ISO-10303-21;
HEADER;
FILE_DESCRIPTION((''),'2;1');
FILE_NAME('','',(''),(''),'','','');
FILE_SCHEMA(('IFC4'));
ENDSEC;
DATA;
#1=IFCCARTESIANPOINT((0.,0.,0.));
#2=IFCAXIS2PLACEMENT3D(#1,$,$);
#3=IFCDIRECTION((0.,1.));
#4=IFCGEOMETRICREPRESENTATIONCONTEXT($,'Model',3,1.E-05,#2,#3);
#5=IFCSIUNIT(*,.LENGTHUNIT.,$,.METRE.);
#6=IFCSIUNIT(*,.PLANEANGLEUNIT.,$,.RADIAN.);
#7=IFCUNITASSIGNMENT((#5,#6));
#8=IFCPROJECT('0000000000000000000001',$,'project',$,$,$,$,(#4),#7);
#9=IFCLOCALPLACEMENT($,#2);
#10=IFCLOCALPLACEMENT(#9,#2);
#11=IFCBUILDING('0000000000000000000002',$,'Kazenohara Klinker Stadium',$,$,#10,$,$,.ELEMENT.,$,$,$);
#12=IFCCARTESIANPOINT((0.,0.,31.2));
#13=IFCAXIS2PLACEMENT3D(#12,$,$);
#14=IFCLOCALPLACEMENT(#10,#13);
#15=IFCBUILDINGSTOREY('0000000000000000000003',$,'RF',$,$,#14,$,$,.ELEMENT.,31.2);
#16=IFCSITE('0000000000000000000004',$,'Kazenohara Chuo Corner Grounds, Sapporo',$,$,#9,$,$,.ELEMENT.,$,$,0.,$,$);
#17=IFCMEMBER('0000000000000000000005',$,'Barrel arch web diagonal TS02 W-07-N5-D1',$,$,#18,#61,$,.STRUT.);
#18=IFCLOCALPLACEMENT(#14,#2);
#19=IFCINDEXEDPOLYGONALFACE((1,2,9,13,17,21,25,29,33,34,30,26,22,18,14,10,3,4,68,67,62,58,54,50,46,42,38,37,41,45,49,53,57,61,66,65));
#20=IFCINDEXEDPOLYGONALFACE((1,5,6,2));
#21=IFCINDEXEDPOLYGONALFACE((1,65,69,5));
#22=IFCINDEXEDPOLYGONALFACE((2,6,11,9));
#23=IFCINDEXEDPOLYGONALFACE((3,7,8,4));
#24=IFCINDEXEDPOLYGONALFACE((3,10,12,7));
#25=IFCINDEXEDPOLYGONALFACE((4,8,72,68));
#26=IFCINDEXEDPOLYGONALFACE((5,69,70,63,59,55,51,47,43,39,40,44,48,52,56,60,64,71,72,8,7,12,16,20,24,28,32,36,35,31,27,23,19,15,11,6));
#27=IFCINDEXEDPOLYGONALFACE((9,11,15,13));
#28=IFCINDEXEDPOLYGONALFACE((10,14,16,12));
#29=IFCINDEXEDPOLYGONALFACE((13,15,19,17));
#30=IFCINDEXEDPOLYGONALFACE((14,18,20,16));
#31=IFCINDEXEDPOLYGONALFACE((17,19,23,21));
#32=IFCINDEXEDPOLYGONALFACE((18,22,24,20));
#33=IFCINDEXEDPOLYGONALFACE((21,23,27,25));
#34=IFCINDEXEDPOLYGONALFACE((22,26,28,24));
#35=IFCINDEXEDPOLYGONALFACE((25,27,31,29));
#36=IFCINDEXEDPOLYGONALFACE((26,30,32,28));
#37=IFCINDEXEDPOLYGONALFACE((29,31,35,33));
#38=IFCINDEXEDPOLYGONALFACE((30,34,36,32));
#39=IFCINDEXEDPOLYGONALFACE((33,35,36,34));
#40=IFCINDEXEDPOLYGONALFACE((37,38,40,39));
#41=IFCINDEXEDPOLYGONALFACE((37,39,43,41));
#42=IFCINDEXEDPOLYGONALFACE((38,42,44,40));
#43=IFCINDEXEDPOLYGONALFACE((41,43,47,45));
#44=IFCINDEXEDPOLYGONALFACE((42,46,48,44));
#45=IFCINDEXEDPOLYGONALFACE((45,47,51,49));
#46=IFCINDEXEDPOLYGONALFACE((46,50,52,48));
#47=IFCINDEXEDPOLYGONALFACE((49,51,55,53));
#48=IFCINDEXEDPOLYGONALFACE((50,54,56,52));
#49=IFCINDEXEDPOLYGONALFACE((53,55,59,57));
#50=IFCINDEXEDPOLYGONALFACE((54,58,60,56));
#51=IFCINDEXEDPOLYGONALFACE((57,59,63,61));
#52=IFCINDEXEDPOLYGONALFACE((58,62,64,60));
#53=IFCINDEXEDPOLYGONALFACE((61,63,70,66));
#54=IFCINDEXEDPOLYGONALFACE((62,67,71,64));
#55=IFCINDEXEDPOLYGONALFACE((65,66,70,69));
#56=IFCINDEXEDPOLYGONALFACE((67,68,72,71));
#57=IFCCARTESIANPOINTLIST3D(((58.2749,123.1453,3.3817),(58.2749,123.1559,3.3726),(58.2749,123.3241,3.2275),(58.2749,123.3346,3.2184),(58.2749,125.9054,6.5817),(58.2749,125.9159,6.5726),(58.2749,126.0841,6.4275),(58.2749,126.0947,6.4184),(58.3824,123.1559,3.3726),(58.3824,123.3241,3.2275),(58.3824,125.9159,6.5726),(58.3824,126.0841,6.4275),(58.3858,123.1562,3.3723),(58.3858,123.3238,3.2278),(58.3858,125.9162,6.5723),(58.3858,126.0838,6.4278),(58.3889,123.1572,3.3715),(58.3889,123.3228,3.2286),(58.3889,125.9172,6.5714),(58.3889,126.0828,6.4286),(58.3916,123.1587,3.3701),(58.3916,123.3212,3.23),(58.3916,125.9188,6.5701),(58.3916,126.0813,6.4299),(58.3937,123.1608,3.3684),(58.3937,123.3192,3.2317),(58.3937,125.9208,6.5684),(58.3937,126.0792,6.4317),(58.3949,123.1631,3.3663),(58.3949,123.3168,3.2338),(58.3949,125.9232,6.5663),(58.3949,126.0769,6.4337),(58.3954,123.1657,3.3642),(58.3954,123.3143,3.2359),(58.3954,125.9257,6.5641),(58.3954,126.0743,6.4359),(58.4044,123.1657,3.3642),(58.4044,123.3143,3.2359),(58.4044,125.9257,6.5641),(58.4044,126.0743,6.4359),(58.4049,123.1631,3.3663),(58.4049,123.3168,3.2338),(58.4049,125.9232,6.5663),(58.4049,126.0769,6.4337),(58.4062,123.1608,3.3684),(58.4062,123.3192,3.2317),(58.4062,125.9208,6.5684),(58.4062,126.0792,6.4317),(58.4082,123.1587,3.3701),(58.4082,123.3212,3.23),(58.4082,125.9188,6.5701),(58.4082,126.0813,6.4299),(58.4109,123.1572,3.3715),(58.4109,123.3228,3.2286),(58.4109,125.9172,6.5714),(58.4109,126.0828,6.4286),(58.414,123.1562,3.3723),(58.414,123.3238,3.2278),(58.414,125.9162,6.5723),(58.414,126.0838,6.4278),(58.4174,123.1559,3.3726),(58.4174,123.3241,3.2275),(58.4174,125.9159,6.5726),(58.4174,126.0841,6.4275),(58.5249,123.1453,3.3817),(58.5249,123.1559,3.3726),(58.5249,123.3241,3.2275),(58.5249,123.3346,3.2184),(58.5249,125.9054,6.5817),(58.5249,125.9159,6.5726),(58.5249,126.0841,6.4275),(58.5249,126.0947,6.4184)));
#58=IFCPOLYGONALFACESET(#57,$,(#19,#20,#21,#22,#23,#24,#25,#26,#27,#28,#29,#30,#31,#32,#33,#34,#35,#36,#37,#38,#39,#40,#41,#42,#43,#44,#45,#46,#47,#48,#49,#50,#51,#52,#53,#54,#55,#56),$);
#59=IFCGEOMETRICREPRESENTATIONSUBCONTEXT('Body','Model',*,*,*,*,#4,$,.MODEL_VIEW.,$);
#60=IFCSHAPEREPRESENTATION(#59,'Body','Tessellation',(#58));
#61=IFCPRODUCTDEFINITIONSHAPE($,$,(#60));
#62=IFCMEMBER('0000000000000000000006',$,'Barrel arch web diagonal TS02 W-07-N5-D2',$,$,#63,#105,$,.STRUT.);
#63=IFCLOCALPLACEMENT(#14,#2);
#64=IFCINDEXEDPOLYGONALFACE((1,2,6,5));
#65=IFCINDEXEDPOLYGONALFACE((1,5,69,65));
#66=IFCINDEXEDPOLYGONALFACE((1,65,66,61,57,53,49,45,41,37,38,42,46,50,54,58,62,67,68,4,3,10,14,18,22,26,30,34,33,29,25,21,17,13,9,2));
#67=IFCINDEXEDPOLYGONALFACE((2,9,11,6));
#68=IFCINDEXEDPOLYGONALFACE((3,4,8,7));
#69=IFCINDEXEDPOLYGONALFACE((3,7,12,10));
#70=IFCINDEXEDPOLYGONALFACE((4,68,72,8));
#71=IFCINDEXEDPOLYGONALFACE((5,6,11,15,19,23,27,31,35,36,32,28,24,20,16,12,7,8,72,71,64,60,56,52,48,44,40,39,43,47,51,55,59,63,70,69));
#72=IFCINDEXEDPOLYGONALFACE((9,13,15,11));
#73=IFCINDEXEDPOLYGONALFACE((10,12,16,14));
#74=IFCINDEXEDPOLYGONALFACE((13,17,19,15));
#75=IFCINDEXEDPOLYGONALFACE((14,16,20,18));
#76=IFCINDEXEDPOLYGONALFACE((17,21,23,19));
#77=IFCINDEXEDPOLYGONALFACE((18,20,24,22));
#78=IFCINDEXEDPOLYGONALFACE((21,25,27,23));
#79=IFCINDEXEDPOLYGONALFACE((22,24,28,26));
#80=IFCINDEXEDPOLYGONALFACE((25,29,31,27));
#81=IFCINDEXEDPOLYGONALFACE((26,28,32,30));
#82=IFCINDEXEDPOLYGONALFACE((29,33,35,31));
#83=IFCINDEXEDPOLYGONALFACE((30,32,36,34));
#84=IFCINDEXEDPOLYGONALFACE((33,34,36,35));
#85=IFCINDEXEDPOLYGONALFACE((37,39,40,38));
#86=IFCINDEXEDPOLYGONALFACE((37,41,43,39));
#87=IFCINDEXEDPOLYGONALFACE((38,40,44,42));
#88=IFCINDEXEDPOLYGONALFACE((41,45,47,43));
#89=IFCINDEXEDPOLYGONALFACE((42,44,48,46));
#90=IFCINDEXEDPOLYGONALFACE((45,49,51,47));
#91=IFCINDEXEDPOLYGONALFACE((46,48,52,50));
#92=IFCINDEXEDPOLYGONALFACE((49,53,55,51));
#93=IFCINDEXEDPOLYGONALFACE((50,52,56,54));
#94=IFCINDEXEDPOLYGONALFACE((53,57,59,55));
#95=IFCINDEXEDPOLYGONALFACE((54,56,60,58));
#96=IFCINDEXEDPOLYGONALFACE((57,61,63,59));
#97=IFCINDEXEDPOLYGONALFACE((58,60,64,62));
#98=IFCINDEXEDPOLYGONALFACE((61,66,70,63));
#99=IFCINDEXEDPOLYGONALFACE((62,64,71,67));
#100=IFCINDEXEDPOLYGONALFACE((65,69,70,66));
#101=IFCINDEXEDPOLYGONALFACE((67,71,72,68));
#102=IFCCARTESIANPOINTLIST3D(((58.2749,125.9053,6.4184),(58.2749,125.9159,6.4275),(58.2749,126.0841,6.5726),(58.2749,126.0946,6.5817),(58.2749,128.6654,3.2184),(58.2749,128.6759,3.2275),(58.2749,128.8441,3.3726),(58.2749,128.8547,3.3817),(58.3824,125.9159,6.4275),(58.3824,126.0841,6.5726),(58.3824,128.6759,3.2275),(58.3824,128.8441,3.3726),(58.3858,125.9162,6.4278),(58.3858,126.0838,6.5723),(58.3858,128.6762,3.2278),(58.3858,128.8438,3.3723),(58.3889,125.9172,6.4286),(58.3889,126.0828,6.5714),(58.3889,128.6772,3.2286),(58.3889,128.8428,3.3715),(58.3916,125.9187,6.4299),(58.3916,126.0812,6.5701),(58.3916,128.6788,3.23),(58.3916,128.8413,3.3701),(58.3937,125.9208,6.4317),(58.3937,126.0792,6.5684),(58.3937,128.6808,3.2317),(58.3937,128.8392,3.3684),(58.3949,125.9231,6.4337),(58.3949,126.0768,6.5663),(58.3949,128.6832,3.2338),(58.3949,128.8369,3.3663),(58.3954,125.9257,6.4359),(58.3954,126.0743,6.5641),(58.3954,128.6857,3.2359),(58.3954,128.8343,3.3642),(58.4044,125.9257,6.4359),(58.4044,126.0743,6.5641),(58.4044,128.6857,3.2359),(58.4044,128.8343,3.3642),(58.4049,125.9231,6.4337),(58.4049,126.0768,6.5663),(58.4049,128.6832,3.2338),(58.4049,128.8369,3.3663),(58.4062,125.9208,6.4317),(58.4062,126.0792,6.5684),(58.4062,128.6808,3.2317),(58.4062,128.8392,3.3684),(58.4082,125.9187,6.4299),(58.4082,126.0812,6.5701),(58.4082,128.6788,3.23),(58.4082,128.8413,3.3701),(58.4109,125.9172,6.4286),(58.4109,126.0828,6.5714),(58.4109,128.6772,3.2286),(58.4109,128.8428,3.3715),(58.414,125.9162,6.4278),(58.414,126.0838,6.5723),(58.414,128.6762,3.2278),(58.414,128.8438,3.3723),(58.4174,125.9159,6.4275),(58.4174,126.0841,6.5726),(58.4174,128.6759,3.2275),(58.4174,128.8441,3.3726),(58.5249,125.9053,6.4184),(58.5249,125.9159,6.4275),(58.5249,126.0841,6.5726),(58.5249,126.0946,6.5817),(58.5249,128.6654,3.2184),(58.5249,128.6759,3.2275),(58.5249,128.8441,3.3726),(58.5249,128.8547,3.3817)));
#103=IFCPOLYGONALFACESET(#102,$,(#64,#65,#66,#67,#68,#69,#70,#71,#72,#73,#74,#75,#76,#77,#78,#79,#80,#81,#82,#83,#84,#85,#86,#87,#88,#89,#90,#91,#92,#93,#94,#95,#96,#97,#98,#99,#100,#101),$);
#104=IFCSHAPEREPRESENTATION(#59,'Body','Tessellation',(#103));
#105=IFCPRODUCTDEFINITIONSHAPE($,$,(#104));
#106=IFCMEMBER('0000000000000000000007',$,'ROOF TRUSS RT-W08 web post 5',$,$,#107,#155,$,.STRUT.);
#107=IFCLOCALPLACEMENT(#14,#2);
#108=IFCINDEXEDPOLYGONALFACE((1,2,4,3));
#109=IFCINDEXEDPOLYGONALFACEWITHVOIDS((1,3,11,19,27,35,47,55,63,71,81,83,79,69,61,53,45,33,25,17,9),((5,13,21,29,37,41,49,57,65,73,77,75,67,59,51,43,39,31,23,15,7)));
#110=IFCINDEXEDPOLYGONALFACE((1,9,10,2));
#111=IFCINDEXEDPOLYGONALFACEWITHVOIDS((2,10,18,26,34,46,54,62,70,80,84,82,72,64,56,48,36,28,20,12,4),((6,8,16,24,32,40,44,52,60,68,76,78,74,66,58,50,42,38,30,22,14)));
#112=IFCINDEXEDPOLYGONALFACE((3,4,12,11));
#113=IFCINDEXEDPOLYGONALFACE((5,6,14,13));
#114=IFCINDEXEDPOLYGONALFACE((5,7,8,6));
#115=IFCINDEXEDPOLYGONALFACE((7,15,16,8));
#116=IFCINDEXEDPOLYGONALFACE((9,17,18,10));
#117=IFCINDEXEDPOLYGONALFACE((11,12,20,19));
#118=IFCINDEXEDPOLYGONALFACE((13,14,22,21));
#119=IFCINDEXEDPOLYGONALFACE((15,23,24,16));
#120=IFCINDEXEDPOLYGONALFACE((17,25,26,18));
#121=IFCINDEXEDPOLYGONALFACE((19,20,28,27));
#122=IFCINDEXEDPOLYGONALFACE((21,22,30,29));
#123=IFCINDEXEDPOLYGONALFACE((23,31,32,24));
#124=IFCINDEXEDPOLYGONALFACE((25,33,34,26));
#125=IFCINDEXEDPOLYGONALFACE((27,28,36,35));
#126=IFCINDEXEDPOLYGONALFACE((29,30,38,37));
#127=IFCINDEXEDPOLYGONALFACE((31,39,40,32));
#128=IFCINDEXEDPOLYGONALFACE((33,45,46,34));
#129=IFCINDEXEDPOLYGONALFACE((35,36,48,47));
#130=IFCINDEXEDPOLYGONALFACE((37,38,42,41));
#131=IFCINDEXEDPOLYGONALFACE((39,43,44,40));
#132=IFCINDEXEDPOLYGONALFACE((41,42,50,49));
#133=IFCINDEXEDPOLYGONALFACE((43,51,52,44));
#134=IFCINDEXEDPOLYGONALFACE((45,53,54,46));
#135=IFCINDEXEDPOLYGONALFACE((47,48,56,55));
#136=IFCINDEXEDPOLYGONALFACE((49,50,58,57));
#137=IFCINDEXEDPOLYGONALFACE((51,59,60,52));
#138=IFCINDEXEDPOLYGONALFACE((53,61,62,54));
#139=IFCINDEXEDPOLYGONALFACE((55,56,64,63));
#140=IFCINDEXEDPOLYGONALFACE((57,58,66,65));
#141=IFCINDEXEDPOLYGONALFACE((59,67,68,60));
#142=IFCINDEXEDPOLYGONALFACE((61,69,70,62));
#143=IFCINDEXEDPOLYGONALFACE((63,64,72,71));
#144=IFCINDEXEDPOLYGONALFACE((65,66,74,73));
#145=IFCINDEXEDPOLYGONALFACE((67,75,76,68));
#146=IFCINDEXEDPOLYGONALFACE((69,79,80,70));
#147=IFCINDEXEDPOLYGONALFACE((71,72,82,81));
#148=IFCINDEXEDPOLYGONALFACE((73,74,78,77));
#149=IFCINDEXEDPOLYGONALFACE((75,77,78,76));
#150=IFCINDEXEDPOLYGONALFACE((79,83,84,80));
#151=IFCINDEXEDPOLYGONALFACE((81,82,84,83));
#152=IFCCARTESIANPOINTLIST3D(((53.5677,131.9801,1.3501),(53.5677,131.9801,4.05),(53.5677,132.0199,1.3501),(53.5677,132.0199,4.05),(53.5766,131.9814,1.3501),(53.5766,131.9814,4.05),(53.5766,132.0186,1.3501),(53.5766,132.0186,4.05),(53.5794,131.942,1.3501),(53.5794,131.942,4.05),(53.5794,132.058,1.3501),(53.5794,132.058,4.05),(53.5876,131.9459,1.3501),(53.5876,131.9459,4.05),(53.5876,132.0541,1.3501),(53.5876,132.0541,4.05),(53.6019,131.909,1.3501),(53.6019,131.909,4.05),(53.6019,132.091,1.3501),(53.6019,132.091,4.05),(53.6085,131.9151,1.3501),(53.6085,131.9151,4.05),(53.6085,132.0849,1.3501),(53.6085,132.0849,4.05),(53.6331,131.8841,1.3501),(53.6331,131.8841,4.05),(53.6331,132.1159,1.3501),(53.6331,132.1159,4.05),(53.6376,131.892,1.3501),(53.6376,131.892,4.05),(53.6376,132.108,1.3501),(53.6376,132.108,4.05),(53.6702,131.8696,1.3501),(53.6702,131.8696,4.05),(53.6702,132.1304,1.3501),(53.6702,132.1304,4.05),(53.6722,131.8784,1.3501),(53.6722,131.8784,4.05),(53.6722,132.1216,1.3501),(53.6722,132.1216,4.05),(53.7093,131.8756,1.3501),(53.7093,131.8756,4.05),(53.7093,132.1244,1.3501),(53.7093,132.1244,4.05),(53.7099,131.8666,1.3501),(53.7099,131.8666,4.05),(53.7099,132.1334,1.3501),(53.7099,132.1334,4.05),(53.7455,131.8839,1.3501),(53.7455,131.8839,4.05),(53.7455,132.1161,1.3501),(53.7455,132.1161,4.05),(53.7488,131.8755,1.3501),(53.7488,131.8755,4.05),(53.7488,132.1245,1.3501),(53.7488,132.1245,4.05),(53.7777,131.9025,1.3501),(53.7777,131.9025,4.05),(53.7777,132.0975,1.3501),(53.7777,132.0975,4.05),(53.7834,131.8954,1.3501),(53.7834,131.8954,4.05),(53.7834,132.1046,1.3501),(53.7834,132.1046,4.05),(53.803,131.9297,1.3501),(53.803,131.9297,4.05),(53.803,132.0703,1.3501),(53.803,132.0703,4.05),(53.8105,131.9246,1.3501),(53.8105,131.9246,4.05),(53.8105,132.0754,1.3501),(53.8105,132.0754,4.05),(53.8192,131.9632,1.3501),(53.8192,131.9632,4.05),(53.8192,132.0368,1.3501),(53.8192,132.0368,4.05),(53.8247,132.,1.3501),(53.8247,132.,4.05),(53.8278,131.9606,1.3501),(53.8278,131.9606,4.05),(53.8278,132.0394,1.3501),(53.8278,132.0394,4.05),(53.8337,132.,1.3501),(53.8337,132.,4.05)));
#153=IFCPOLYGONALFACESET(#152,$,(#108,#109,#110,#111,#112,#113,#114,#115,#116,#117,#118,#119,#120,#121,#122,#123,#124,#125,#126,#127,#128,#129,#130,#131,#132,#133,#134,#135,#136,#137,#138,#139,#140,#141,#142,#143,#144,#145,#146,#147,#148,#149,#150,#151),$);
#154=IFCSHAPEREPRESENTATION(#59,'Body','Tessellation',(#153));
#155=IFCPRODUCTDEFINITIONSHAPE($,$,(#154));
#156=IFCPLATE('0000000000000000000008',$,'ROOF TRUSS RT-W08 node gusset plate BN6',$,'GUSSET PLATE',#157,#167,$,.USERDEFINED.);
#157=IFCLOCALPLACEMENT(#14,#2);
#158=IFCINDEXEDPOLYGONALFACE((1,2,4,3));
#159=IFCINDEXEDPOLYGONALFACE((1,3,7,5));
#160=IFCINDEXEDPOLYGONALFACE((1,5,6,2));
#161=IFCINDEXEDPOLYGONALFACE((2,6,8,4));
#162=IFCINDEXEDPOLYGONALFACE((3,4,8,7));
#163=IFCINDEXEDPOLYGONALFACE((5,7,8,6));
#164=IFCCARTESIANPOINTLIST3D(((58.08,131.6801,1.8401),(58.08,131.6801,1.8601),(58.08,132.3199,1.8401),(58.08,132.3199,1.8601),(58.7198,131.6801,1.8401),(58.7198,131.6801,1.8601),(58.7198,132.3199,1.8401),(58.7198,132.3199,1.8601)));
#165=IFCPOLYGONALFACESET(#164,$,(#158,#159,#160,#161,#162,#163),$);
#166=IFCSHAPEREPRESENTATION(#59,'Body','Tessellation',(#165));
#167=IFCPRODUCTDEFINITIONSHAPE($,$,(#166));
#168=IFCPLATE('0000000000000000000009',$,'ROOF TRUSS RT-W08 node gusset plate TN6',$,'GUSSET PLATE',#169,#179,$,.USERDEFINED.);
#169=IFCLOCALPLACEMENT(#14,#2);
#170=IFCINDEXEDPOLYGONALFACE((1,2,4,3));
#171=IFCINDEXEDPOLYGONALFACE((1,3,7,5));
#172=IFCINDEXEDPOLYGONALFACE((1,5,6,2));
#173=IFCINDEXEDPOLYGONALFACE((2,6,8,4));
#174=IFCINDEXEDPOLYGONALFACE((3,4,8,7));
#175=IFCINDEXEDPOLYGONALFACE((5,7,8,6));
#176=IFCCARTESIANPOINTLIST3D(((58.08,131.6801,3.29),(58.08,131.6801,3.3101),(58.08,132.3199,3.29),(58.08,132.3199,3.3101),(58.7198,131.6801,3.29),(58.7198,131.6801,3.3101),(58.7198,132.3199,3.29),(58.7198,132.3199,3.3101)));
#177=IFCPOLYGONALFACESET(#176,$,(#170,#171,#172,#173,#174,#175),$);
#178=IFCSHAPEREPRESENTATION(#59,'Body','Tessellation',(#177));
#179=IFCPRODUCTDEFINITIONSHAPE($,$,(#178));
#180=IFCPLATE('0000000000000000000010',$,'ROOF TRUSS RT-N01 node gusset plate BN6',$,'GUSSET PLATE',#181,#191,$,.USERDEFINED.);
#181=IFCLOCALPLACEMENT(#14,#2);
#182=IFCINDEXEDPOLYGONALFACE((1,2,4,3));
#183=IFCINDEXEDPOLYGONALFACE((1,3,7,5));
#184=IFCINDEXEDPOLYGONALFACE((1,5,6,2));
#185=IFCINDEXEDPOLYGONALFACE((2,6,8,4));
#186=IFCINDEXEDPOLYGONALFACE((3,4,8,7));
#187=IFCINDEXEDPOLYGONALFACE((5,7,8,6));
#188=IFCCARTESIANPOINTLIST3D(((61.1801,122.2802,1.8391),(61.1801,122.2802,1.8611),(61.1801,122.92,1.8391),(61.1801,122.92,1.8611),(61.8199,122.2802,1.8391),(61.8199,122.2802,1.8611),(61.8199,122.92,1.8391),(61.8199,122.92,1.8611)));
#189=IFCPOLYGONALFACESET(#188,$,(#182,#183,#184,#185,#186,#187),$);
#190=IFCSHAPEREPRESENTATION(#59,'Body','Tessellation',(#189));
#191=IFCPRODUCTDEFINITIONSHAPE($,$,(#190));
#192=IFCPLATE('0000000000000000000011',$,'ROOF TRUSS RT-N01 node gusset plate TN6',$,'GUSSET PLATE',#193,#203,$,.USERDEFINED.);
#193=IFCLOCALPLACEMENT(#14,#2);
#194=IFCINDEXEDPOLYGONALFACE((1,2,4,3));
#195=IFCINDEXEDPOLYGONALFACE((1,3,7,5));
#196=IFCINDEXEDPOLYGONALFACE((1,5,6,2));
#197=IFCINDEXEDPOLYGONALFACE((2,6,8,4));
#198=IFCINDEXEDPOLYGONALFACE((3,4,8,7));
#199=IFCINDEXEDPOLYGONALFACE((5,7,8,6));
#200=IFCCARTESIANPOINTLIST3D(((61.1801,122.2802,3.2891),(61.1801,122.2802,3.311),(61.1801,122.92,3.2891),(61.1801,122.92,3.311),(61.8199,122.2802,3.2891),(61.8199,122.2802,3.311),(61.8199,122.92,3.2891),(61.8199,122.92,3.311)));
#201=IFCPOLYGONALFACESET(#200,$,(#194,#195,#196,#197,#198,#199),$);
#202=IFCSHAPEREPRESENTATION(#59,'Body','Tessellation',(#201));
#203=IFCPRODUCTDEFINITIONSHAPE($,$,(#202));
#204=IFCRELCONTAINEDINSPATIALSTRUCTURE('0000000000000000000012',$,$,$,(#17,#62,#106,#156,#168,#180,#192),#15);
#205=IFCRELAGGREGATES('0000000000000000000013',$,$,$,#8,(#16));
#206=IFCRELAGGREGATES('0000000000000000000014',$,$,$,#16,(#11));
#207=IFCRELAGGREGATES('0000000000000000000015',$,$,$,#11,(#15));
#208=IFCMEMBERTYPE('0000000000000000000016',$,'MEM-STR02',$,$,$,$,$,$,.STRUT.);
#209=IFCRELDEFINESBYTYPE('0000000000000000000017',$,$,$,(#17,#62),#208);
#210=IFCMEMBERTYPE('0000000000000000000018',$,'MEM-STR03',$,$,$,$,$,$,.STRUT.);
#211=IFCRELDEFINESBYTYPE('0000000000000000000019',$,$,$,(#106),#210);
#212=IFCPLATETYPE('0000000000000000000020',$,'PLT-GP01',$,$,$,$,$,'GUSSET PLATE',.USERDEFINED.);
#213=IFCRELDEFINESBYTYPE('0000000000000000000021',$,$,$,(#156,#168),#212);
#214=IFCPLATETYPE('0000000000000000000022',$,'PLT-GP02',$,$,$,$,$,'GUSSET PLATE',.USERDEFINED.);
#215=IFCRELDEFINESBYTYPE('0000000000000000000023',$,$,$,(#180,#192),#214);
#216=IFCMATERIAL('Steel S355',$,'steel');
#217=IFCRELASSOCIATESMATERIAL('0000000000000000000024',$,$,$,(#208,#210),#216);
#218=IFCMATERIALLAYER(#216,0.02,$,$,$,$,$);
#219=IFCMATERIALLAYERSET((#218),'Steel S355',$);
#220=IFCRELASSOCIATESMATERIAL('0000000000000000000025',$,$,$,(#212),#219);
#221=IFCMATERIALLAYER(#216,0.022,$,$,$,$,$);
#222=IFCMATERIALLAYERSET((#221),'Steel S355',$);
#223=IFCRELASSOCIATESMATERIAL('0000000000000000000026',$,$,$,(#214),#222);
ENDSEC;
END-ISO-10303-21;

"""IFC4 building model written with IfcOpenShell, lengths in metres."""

from ifc_helpers import new_model, si_unit, direction, frame, origin, origin_2d, place, context, subcontext, project, spatial, rectangle, hollow_circle, i_section, extrude, material, layer, layer_set, material_profile, profile_set, type_object, element, save


model = new_model("IFC4")

# Units and contexts
model_context = context("Model", 3, precision=1e-05, world=origin(), true_north=direction((0.0, 1.0)))
body_context = subcontext(model_context, "Body", "Model", "MODEL_VIEW")
ifc_project = project(units=[si_unit("LENGTHUNIT", "METRE"), si_unit("PLANEANGLEUNIT", "RADIAN")], contexts=[model_context])

# Site, building, storey
site_placement = place(None, origin())
site = spatial("IfcSite", under=ifc_project, at=site_placement, Name="Kazenohara Chuo Corner Grounds, Sapporo", CompositionType="ELEMENT", RefElevation=0.0)
building_placement = place(site_placement, origin())
building = spatial("IfcBuilding", under=site, at=building_placement, Name="Kazenohara Klinker Stadium", CompositionType="ELEMENT")
storey_placement = place(building_placement, frame((0.0, 0.0, 31.2)))
storey = spatial("IfcBuildingStorey", under=building, at=storey_placement, Name="RF", CompositionType="ELEMENT", Elevation=31.2)

# Members
ifc_material = material(Name="Steel S355", Category="steel")
ifc_material_profile_1 = material_profile(ifc_material, i_section(OverallWidth=0.25, OverallDepth=0.25, WebThickness=0.009, FlangeThickness=0.0139, FilletRadius=0.0129, at=origin_2d()), Name="H-250x250x9x14")
ifc_profile_set_1 = profile_set([ifc_material_profile_1], Name="Steel S355")
member_type_1 = type_object("IfcMemberType", Name="MEM-STR02", PredefinedType="STRUT", material=ifc_profile_set_1)
for number, where, z_axis, x_axis, name in (
    (1, (58.3999, 123.24, 3.3), (0.0, 0.653134, 0.757242), (-1.0, 0.0, 0.0), "Barrel arch web diagonal TS02 W-07-N5-D1"),
    (2, (58.3999, 128.76, 3.3), (0.0, -0.653134, 0.757242), (1.0, 0.0, 0.0), "Barrel arch web diagonal TS02 W-07-N5-D2"),
):
    element("IfcMember", number, at=place(storey_placement, frame(where, z_axis=z_axis, x_axis=x_axis)), inside=storey, type_object=member_type_1, Name=name, PredefinedType="STRUT", context=body_context, shape_type="SweptSolid", body=[
        extrude(i_section(OverallWidth=0.25, OverallDepth=0.25, WebThickness=0.009, FlangeThickness=0.0139, FilletRadius=0.0129, at=origin_2d()), origin(), (0.0, 0.0, 1.0), 4.2258),
    ])
ifc_material_profile_2 = material_profile(ifc_material, hollow_circle(Radius=0.1338, WallThickness=0.009, at=origin_2d()), Name="CHS-267.4x9")
ifc_profile_set_2 = profile_set([ifc_material_profile_2], Name="Steel S355")
member_type_2 = type_object("IfcMemberType", Name="MEM-STR03", PredefinedType="STRUT", material=ifc_profile_set_2)
member_1_placement = place(storey_placement, frame((53.7, 132.0, 1.3501), z_axis=(0.0, 0.0, 1.0), x_axis=(1.0, 0.0, 0.0)))
element("IfcMember", 3, at=member_1_placement, inside=storey, type_object=member_type_2, Name="ROOF TRUSS RT-W08 web post 5", PredefinedType="STRUT", context=body_context, shape_type="SweptSolid", body=[
    extrude(hollow_circle(Radius=0.1338, WallThickness=0.009, at=origin_2d()), origin(), (0.0, 0.0, 1.0), 2.7),
])

# Plates
ifc_layer_1 = layer(ifc_material, 0.02)
ifc_layer_set_1 = layer_set([ifc_layer_1], Name="Steel S355")
plate_type_1 = type_object("IfcPlateType", Name="PLT-GP01", ElementType="GUSSET PLATE", PredefinedType="USERDEFINED", material=ifc_layer_set_1)
for number, where, z_axis, x_axis, name in (
    (4, (58.3999, 132.0, 1.8401), (0.0, 0.0, 1.0), (1.0, 0.0, 0.0), "ROOF TRUSS RT-W08 node gusset plate BN6"),
    (5, (58.3999, 132.0, 3.29), (0.0, 0.0, 1.0), (1.0, 0.0, 0.0), "ROOF TRUSS RT-W08 node gusset plate TN6"),
):
    element("IfcPlate", number, at=place(storey_placement, frame(where, z_axis=z_axis, x_axis=x_axis)), inside=storey, type_object=plate_type_1, Name=name, ObjectType="GUSSET PLATE", PredefinedType="USERDEFINED", context=body_context, shape_type="SweptSolid", body=[
        extrude(rectangle(XDim=0.6399, YDim=0.6399, at=origin_2d()), origin(), (0.0, 0.0, 1.0), 0.02),
    ])
ifc_layer_2 = layer(ifc_material, 0.022)
ifc_layer_set_2 = layer_set([ifc_layer_2], Name="Steel S355")
plate_type_2 = type_object("IfcPlateType", Name="PLT-GP02", ElementType="GUSSET PLATE", PredefinedType="USERDEFINED", material=ifc_layer_set_2)
for number, where, z_axis, x_axis, name in (
    (6, (61.5, 122.6001, 1.8391), (0.0, 0.0, 1.0), (1.0, 0.0, 0.0), "ROOF TRUSS RT-N01 node gusset plate BN6"),
    (7, (61.5, 122.6001, 3.2891), (0.0, 0.0, 1.0), (1.0, 0.0, 0.0), "ROOF TRUSS RT-N01 node gusset plate TN6"),
):
    element("IfcPlate", number, at=place(storey_placement, frame(where, z_axis=z_axis, x_axis=x_axis)), inside=storey, type_object=plate_type_2, Name=name, ObjectType="GUSSET PLATE", PredefinedType="USERDEFINED", context=body_context, shape_type="SweptSolid", body=[
        extrude(rectangle(XDim=0.6399, YDim=0.6399, at=origin_2d()), origin(), (0.0, 0.0, 1.0), 0.022),
    ])

save(model, "model.ifc")
